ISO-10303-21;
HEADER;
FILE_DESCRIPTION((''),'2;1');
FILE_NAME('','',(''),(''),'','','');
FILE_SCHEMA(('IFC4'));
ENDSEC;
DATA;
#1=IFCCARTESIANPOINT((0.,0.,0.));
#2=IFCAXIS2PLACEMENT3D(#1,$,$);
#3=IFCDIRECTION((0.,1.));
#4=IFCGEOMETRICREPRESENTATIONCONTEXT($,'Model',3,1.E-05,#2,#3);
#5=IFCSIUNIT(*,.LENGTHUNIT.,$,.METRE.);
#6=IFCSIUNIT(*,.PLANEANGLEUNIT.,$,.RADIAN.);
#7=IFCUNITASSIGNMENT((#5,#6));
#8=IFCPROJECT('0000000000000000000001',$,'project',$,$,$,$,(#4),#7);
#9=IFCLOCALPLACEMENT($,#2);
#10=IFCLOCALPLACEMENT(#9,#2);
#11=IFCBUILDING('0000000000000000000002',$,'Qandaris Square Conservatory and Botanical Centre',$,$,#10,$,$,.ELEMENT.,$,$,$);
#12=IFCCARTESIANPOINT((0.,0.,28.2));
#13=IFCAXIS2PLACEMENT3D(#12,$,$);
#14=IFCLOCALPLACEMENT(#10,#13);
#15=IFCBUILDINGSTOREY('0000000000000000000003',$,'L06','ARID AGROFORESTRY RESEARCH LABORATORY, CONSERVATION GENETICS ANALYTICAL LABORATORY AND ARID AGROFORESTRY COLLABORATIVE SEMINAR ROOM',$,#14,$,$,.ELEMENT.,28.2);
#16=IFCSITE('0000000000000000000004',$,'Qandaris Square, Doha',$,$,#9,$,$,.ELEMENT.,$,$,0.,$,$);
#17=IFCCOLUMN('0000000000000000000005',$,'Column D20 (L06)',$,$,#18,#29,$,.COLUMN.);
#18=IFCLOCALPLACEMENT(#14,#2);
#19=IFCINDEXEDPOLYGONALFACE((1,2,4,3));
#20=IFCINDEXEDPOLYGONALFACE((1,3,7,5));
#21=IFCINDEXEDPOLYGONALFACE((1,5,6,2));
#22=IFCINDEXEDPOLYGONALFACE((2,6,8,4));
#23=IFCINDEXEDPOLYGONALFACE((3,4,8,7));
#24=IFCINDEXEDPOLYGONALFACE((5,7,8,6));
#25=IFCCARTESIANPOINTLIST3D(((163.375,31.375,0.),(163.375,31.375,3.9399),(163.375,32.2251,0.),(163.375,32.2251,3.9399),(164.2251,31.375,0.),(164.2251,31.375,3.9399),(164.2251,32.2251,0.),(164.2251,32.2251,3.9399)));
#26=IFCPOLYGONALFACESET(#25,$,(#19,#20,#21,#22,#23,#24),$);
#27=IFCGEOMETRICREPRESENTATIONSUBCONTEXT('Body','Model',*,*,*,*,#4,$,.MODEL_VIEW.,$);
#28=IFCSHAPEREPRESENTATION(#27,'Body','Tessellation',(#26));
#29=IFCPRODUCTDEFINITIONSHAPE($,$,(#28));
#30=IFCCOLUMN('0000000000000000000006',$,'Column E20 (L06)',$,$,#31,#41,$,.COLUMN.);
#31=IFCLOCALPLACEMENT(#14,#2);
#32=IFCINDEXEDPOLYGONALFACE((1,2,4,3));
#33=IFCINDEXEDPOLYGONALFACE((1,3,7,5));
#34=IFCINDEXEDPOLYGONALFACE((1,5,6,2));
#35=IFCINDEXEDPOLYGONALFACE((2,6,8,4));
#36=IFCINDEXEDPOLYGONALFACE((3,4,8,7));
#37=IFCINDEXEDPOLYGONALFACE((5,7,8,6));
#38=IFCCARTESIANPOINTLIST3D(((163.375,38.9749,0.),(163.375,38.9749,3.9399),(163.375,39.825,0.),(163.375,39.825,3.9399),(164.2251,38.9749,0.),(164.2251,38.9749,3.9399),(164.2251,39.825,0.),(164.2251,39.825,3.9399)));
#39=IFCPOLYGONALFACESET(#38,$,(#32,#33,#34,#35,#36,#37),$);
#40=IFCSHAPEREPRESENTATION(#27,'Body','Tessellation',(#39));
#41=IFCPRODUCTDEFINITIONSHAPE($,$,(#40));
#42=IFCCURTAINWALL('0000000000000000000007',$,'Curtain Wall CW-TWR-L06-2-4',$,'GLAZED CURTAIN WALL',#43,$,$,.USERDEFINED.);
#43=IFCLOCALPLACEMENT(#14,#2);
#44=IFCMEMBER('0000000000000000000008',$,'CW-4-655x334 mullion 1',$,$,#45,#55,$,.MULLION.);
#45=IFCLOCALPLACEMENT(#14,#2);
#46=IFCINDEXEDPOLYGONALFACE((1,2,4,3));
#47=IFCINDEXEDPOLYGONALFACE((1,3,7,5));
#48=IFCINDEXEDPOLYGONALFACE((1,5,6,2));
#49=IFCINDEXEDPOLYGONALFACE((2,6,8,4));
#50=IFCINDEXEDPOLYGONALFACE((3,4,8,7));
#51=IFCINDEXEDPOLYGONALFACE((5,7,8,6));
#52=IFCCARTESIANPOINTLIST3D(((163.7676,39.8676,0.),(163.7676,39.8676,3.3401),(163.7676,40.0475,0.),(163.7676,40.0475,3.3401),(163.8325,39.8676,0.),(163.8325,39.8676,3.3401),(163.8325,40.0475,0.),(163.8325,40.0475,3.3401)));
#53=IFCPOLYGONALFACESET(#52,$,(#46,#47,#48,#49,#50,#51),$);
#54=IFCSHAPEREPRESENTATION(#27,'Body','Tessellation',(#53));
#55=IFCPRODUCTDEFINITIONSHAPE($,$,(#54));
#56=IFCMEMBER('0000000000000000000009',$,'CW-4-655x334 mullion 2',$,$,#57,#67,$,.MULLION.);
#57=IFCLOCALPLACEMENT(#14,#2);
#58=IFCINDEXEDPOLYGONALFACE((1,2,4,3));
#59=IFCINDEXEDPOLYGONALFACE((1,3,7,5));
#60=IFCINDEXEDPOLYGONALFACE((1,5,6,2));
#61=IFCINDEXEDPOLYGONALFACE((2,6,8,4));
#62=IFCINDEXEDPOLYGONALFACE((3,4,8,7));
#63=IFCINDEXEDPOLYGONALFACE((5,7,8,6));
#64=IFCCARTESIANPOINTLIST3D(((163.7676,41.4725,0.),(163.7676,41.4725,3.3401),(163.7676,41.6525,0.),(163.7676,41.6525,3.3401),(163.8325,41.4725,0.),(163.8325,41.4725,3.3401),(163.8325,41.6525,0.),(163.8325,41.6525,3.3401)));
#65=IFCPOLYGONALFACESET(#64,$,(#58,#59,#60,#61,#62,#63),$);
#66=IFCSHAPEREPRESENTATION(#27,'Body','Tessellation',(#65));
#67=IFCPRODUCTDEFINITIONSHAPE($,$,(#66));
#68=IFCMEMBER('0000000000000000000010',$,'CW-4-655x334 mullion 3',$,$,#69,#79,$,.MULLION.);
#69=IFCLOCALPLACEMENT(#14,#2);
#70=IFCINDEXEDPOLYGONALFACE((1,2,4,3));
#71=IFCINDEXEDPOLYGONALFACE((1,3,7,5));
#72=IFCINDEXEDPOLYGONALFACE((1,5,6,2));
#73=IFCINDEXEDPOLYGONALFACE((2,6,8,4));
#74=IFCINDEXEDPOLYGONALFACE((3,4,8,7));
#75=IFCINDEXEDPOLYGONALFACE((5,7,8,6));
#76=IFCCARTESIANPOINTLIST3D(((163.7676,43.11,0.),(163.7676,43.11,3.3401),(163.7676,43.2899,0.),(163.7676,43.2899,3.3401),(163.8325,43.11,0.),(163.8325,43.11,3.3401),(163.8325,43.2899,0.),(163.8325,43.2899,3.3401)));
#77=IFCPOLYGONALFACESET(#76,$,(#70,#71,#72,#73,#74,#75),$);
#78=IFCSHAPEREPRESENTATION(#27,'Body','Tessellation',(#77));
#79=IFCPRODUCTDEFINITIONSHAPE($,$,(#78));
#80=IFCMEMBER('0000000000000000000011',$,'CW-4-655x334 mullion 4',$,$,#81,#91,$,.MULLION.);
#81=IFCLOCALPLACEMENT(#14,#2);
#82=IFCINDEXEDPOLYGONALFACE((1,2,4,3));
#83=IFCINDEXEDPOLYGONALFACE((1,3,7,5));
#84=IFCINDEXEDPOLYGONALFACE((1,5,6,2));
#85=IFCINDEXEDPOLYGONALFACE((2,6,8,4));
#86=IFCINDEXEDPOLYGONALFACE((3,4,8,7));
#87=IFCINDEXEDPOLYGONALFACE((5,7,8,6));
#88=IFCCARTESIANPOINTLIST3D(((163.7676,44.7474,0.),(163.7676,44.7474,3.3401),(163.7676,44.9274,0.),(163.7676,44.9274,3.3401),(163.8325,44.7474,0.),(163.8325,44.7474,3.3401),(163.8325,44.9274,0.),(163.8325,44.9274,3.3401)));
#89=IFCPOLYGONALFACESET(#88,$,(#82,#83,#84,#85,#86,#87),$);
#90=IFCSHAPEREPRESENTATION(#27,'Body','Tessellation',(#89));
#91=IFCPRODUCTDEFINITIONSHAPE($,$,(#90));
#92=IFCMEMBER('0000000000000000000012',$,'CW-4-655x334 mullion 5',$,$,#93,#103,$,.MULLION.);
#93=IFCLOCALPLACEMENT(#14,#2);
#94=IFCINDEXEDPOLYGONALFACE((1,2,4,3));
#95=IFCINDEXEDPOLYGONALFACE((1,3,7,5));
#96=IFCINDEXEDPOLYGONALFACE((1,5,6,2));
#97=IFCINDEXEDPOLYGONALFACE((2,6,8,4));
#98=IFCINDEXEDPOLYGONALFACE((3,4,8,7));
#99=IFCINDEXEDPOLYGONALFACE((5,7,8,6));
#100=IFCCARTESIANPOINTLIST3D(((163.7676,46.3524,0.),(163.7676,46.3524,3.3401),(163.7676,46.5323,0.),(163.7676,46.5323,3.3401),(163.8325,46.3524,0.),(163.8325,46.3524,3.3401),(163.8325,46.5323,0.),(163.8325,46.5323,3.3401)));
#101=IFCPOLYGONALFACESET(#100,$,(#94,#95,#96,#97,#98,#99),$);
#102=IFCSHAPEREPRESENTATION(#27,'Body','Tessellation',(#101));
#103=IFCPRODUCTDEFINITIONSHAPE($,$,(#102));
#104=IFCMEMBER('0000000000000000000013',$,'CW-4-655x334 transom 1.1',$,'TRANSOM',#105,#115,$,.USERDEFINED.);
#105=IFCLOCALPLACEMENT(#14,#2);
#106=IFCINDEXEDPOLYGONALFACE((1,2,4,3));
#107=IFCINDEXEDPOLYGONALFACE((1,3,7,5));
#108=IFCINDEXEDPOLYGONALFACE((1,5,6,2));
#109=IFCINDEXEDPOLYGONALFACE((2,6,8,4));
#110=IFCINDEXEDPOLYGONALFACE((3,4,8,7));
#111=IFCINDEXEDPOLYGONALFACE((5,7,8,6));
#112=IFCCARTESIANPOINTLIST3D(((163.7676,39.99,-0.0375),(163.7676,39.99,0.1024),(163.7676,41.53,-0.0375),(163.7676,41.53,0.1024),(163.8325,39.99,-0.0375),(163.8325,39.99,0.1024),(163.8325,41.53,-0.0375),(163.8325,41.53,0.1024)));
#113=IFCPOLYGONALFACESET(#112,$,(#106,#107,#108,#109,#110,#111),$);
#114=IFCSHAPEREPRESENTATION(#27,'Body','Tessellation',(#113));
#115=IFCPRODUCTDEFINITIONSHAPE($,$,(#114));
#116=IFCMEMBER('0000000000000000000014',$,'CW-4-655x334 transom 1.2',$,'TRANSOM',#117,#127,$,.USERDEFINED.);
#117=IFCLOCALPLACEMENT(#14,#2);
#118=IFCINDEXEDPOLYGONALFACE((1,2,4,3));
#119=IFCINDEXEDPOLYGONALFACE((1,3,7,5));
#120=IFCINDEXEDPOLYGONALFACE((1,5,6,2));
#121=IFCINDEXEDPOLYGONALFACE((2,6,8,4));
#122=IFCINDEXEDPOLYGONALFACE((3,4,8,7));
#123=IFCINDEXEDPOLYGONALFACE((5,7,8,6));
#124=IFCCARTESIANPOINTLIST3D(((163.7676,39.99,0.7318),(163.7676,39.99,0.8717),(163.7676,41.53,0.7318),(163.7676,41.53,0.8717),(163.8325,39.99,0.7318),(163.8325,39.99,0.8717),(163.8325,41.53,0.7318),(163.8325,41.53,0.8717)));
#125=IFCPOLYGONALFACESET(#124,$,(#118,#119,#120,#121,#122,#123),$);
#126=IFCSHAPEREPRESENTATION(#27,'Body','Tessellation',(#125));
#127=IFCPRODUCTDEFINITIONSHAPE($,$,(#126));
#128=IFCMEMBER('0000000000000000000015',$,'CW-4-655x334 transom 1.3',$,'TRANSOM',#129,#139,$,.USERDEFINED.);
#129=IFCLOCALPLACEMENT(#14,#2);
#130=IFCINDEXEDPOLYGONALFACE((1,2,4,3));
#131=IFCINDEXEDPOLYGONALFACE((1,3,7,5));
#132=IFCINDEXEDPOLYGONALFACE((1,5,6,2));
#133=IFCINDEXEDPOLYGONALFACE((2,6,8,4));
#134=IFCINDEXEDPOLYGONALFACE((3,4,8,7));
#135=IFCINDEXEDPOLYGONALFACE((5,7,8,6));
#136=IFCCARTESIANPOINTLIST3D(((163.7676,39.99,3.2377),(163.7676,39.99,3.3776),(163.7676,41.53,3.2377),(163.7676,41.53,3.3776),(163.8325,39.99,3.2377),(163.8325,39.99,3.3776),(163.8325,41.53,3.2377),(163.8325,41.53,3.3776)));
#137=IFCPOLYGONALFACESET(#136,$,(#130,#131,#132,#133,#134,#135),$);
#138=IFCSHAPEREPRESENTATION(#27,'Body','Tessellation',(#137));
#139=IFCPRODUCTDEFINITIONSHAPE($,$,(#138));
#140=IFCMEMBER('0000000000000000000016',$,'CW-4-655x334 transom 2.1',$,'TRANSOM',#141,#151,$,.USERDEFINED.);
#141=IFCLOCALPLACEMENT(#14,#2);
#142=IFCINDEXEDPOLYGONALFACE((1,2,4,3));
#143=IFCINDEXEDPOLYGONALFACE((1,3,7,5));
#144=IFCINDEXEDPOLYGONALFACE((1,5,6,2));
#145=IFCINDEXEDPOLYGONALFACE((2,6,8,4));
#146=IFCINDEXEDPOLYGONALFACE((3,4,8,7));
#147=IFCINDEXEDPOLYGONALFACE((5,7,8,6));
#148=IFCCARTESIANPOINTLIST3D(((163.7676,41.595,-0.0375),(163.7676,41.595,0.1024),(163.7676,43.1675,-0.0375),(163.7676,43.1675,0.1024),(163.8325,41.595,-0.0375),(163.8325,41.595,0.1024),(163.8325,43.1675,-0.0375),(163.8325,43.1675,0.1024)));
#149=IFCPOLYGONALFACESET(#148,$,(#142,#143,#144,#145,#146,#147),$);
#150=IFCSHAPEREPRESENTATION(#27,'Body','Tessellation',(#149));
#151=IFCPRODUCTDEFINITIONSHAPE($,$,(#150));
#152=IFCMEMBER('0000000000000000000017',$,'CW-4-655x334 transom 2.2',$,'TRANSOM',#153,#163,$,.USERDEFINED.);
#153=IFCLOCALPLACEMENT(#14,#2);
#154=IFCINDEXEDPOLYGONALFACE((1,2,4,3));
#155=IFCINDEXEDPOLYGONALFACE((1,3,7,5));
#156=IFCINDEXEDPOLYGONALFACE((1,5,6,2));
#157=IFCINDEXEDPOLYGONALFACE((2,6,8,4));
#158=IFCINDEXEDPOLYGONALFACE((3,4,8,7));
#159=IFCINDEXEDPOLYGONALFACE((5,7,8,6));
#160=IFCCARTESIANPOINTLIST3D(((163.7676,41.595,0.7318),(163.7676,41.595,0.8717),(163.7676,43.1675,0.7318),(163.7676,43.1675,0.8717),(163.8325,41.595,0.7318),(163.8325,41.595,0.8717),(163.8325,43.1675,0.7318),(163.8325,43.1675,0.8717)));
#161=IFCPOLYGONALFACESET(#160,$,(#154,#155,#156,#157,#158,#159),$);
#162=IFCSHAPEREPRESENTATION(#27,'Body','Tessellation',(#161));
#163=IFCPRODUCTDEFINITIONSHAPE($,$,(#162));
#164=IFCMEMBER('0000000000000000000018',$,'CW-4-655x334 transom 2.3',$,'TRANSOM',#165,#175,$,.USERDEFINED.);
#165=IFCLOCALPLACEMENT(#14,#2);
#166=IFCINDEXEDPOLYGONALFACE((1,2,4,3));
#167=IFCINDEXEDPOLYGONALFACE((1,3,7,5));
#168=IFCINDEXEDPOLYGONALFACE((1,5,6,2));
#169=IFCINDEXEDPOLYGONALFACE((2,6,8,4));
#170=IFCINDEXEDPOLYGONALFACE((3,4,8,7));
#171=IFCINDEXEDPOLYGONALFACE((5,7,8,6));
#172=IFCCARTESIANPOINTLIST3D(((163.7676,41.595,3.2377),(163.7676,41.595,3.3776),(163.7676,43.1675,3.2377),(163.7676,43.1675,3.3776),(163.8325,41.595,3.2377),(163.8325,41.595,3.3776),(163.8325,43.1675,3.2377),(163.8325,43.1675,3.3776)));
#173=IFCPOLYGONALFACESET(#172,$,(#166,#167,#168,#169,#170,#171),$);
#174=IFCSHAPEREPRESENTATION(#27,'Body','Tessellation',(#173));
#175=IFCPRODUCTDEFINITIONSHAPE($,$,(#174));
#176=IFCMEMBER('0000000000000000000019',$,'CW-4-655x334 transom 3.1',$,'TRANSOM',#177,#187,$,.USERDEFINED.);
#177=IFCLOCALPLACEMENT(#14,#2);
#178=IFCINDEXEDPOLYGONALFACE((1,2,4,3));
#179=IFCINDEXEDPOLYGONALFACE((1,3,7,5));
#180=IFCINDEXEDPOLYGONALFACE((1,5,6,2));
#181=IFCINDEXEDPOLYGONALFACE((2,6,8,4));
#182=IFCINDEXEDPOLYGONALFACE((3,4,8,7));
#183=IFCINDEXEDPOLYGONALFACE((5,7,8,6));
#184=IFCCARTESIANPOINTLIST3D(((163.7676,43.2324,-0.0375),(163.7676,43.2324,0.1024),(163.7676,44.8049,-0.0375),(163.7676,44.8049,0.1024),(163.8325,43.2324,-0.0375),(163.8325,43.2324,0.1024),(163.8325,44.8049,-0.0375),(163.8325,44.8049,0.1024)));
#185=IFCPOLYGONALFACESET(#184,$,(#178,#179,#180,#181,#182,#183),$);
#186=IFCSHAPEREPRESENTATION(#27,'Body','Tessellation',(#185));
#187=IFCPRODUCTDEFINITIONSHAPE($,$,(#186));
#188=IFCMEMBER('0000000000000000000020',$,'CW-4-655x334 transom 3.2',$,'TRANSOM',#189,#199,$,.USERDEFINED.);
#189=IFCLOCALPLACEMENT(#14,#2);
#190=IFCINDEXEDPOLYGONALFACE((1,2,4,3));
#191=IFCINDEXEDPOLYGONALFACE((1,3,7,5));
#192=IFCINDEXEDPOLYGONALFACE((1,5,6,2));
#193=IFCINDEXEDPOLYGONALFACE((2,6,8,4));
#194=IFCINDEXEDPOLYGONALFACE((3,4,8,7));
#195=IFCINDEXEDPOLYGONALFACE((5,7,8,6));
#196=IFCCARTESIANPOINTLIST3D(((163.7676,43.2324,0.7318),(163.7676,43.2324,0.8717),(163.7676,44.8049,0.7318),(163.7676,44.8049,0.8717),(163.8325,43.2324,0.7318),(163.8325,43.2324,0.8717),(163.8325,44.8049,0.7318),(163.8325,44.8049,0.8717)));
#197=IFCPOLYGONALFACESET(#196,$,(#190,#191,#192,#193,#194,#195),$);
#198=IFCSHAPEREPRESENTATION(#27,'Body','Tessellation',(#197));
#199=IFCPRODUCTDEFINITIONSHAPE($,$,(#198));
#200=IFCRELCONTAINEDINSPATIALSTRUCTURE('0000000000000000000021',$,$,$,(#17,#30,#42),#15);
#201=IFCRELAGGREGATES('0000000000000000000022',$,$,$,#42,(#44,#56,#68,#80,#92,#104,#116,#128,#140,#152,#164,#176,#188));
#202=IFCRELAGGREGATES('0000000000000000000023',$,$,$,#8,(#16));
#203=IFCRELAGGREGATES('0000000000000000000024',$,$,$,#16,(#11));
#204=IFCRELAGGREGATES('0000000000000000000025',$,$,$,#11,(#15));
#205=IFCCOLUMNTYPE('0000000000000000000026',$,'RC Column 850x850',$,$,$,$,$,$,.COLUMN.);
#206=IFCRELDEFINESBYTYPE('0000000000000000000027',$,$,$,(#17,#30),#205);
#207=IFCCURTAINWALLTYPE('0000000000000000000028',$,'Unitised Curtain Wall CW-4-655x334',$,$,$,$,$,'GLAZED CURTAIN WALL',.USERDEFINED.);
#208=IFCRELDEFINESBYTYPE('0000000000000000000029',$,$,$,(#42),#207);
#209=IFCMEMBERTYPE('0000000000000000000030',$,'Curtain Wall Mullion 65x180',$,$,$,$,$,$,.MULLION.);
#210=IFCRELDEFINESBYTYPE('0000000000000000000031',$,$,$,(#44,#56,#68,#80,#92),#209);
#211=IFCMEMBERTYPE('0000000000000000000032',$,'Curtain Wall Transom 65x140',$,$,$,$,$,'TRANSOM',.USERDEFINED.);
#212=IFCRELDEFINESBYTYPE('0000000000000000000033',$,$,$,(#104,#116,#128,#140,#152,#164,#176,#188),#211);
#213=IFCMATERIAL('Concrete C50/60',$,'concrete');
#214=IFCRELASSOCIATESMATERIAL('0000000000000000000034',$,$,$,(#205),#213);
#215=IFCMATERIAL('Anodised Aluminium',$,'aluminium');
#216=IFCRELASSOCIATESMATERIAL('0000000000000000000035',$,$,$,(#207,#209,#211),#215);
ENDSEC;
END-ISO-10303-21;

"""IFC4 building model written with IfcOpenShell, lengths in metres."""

from ifc_helpers import new_model, si_unit, direction, frame, origin, origin_2d, place, context, subcontext, project, spatial, rectangle, extrude, material, material_profile, profile_set, type_object, element, aggregate, save


model = new_model("IFC4")

# Units and contexts
model_context = context("Model", 3, precision=1e-05, world=origin(), true_north=direction((0.0, 1.0)))
body_context = subcontext(model_context, "Body", "Model", "MODEL_VIEW")
ifc_project = project(units=[si_unit("LENGTHUNIT", "METRE"), si_unit("PLANEANGLEUNIT", "RADIAN")], contexts=[model_context])

# Site, building, storey
site_placement = place(None, origin())
site = spatial("IfcSite", under=ifc_project, at=site_placement, Name="Qandaris Square, Doha", CompositionType="ELEMENT", RefElevation=0.0)
building_placement = place(site_placement, origin())
building = spatial("IfcBuilding", under=site, at=building_placement, Name="Qandaris Square Conservatory and Botanical Centre", CompositionType="ELEMENT")
storey_placement = place(building_placement, frame((0.0, 0.0, 28.2)))
storey = spatial("IfcBuildingStorey", under=building, at=storey_placement, Name="L06", Description="ARID AGROFORESTRY RESEARCH LABORATORY, CONSERVATION GENETICS ANALYTICAL LABORATORY AND ARID AGROFORESTRY COLLABORATIVE SEMINAR ROOM", CompositionType="ELEMENT", Elevation=28.2)

# Columns
ifc_material_1 = material(Name="Concrete C50/60", Category="concrete")
ifc_material_profile_1 = material_profile(ifc_material_1, rectangle(XDim=0.8501, YDim=0.8501, at=origin_2d()), Name="RC-COL 850x850")
ifc_profile_set_1 = profile_set([ifc_material_profile_1], Name="Concrete C50/60")
column_type = type_object("IfcColumnType", Name="RC Column 850x850", PredefinedType="COLUMN", material=ifc_profile_set_1)
for number, where, z_axis, x_axis, name in (
    (1, (163.8, 31.8, 0.0), (0.0, 0.0, 1.0), (1.0, 0.0, 0.0), "Column D20 (L06)"),
    (2, (163.8, 39.3999, 0.0), (0.0, 0.0, 1.0), (1.0, 0.0, 0.0), "Column E20 (L06)"),
):
    element("IfcColumn", number, at=place(storey_placement, frame(where, z_axis=z_axis, x_axis=x_axis)), inside=storey, type_object=column_type, Name=name, PredefinedType="COLUMN", context=body_context, shape_type="SweptSolid", body=[
        extrude(rectangle(XDim=0.8501, YDim=0.8501, at=origin_2d()), origin(), (0.0, 0.0, 1.0), 3.9399),
    ])

# Curtain wall, members
ifc_material_2 = material(Name="Anodised Aluminium", Category="aluminium")
curtain_wall_type = type_object("IfcCurtainWallType", Name="Unitised Curtain Wall CW-4-655x334", ElementType="GLAZED CURTAIN WALL", PredefinedType="USERDEFINED", material=ifc_material_2)
curtain_wall_placement = place(storey_placement, origin())
curtain_wall = element("IfcCurtainWall", 3, at=curtain_wall_placement, inside=storey, type_object=curtain_wall_type, Name="Curtain Wall CW-TWR-L06-2-4", ObjectType="GLAZED CURTAIN WALL", PredefinedType="USERDEFINED")
ifc_material_profile_2 = material_profile(ifc_material_2, rectangle(XDim=0.0649, YDim=0.1799, at=origin_2d()), Name="ALU-MUL 65x180")
ifc_profile_set_2 = profile_set([ifc_material_profile_2], Name="Anodised Aluminium")
member_type_1 = type_object("IfcMemberType", Name="Curtain Wall Mullion 65x180", PredefinedType="MULLION", material=ifc_profile_set_2)
member_1_placement = place(storey_placement, frame((163.8, 39.9575, 0.0), z_axis=(0.0, 0.0, 1.0), x_axis=(-1.0, 0.0, 0.0)))
member_1 = element("IfcMember", 4, at=member_1_placement, type_object=member_type_1, Name="CW-4-655x334 mullion 1", PredefinedType="MULLION", context=body_context, shape_type="SweptSolid", body=[
    extrude(rectangle(XDim=0.0649, YDim=0.1799, at=origin_2d()), origin(), (0.0, 0.0, 1.0), 3.3401),
])
member_2_placement = place(storey_placement, frame((163.8, 41.5625, 0.0), z_axis=(0.0, 0.0, 1.0), x_axis=(-1.0, 0.0, 0.0)))
member_2 = element("IfcMember", 5, at=member_2_placement, type_object=member_type_1, Name="CW-4-655x334 mullion 2", PredefinedType="MULLION", context=body_context, shape_type="SweptSolid", body=[
    extrude(rectangle(XDim=0.0649, YDim=0.1799, at=origin_2d()), origin(), (0.0, 0.0, 1.0), 3.3401),
])
member_3_placement = place(storey_placement, frame((163.8, 43.2, 0.0), z_axis=(0.0, 0.0, 1.0), x_axis=(-1.0, 0.0, 0.0)))
member_3 = element("IfcMember", 6, at=member_3_placement, type_object=member_type_1, Name="CW-4-655x334 mullion 3", PredefinedType="MULLION", context=body_context, shape_type="SweptSolid", body=[
    extrude(rectangle(XDim=0.0649, YDim=0.1799, at=origin_2d()), origin(), (0.0, 0.0, 1.0), 3.3401),
])
member_4_placement = place(storey_placement, frame((163.8, 44.8374, 0.0), z_axis=(0.0, 0.0, 1.0), x_axis=(-1.0, 0.0, 0.0)))
member_4 = element("IfcMember", 7, at=member_4_placement, type_object=member_type_1, Name="CW-4-655x334 mullion 4", PredefinedType="MULLION", context=body_context, shape_type="SweptSolid", body=[
    extrude(rectangle(XDim=0.0649, YDim=0.1799, at=origin_2d()), origin(), (0.0, 0.0, 1.0), 3.3401),
])
member_5_placement = place(storey_placement, frame((163.8, 46.4424, 0.0), z_axis=(0.0, 0.0, 1.0), x_axis=(-1.0, 0.0, 0.0)))
member_5 = element("IfcMember", 8, at=member_5_placement, type_object=member_type_1, Name="CW-4-655x334 mullion 5", PredefinedType="MULLION", context=body_context, shape_type="SweptSolid", body=[
    extrude(rectangle(XDim=0.0649, YDim=0.1799, at=origin_2d()), origin(), (0.0, 0.0, 1.0), 3.3401),
])
ifc_material_profile_3 = material_profile(ifc_material_2, rectangle(XDim=0.0649, YDim=0.1399, at=origin_2d()), Name="ALU-TRN 65x140")
ifc_profile_set_3 = profile_set([ifc_material_profile_3], Name="Anodised Aluminium")
member_type_2 = type_object("IfcMemberType", Name="Curtain Wall Transom 65x140", ElementType="TRANSOM", PredefinedType="USERDEFINED", material=ifc_profile_set_3)
member_6_placement = place(storey_placement, frame((163.8, 39.99, 0.0325), z_axis=(0.0, 1.0, 0.0), x_axis=(-1.0, 0.0, 0.0)))
member_6 = element("IfcMember", 9, at=member_6_placement, type_object=member_type_2, Name="CW-4-655x334 transom 1.1", ObjectType="TRANSOM", PredefinedType="USERDEFINED", context=body_context, shape_type="SweptSolid", body=[
    extrude(rectangle(XDim=0.0649, YDim=0.1399, at=origin_2d()), origin(), (0.0, 0.0, 1.0), 1.54),
])
member_7_placement = place(storey_placement, frame((163.8, 39.99, 0.8018), z_axis=(0.0, 1.0, 0.0), x_axis=(-1.0, 0.0, 0.0)))
member_7 = element("IfcMember", 10, at=member_7_placement, type_object=member_type_2, Name="CW-4-655x334 transom 1.2", ObjectType="TRANSOM", PredefinedType="USERDEFINED", context=body_context, shape_type="SweptSolid", body=[
    extrude(rectangle(XDim=0.0649, YDim=0.1399, at=origin_2d()), origin(), (0.0, 0.0, 1.0), 1.54),
])
member_8_placement = place(storey_placement, frame((163.8, 39.99, 3.3076), z_axis=(0.0, 1.0, 0.0), x_axis=(-1.0, 0.0, 0.0)))
member_8 = element("IfcMember", 11, at=member_8_placement, type_object=member_type_2, Name="CW-4-655x334 transom 1.3", ObjectType="TRANSOM", PredefinedType="USERDEFINED", context=body_context, shape_type="SweptSolid", body=[
    extrude(rectangle(XDim=0.0649, YDim=0.1399, at=origin_2d()), origin(), (0.0, 0.0, 1.0), 1.54),
])
member_9_placement = place(storey_placement, frame((163.8, 41.595, 0.0325), z_axis=(0.0, 1.0, 0.0), x_axis=(-1.0, 0.0, 0.0)))
member_9 = element("IfcMember", 12, at=member_9_placement, type_object=member_type_2, Name="CW-4-655x334 transom 2.1", ObjectType="TRANSOM", PredefinedType="USERDEFINED", context=body_context, shape_type="SweptSolid", body=[
    extrude(rectangle(XDim=0.0649, YDim=0.1399, at=origin_2d()), origin(), (0.0, 0.0, 1.0), 1.5725),
])
member_10_placement = place(storey_placement, frame((163.8, 41.595, 0.8018), z_axis=(0.0, 1.0, 0.0), x_axis=(-1.0, 0.0, 0.0)))
member_10 = element("IfcMember", 13, at=member_10_placement, type_object=member_type_2, Name="CW-4-655x334 transom 2.2", ObjectType="TRANSOM", PredefinedType="USERDEFINED", context=body_context, shape_type="SweptSolid", body=[
    extrude(rectangle(XDim=0.0649, YDim=0.1399, at=origin_2d()), origin(), (0.0, 0.0, 1.0), 1.5725),
])
member_11_placement = place(storey_placement, frame((163.8, 41.595, 3.3076), z_axis=(0.0, 1.0, 0.0), x_axis=(-1.0, 0.0, 0.0)))
member_11 = element("IfcMember", 14, at=member_11_placement, type_object=member_type_2, Name="CW-4-655x334 transom 2.3", ObjectType="TRANSOM", PredefinedType="USERDEFINED", context=body_context, shape_type="SweptSolid", body=[
    extrude(rectangle(XDim=0.0649, YDim=0.1399, at=origin_2d()), origin(), (0.0, 0.0, 1.0), 1.5725),
])
member_12_placement = place(storey_placement, frame((163.8, 43.2324, 0.0325), z_axis=(0.0, 1.0, 0.0), x_axis=(-1.0, 0.0, 0.0)))
member_12 = element("IfcMember", 15, at=member_12_placement, type_object=member_type_2, Name="CW-4-655x334 transom 3.1", ObjectType="TRANSOM", PredefinedType="USERDEFINED", context=body_context, shape_type="SweptSolid", body=[
    extrude(rectangle(XDim=0.0649, YDim=0.1399, at=origin_2d()), origin(), (0.0, 0.0, 1.0), 1.5725),
])
member_13_placement = place(storey_placement, frame((163.8, 43.2324, 0.8018), z_axis=(0.0, 1.0, 0.0), x_axis=(-1.0, 0.0, 0.0)))
member_13 = element("IfcMember", 16, at=member_13_placement, type_object=member_type_2, Name="CW-4-655x334 transom 3.2", ObjectType="TRANSOM", PredefinedType="USERDEFINED", context=body_context, shape_type="SweptSolid", body=[
    extrude(rectangle(XDim=0.0649, YDim=0.1399, at=origin_2d()), origin(), (0.0, 0.0, 1.0), 1.5725),
])

aggregate(curtain_wall, [member_1, member_2, member_3, member_4, member_5, member_6, member_7, member_8, member_9, member_10, member_11, member_12, member_13])

save(model, "model.ifc")
